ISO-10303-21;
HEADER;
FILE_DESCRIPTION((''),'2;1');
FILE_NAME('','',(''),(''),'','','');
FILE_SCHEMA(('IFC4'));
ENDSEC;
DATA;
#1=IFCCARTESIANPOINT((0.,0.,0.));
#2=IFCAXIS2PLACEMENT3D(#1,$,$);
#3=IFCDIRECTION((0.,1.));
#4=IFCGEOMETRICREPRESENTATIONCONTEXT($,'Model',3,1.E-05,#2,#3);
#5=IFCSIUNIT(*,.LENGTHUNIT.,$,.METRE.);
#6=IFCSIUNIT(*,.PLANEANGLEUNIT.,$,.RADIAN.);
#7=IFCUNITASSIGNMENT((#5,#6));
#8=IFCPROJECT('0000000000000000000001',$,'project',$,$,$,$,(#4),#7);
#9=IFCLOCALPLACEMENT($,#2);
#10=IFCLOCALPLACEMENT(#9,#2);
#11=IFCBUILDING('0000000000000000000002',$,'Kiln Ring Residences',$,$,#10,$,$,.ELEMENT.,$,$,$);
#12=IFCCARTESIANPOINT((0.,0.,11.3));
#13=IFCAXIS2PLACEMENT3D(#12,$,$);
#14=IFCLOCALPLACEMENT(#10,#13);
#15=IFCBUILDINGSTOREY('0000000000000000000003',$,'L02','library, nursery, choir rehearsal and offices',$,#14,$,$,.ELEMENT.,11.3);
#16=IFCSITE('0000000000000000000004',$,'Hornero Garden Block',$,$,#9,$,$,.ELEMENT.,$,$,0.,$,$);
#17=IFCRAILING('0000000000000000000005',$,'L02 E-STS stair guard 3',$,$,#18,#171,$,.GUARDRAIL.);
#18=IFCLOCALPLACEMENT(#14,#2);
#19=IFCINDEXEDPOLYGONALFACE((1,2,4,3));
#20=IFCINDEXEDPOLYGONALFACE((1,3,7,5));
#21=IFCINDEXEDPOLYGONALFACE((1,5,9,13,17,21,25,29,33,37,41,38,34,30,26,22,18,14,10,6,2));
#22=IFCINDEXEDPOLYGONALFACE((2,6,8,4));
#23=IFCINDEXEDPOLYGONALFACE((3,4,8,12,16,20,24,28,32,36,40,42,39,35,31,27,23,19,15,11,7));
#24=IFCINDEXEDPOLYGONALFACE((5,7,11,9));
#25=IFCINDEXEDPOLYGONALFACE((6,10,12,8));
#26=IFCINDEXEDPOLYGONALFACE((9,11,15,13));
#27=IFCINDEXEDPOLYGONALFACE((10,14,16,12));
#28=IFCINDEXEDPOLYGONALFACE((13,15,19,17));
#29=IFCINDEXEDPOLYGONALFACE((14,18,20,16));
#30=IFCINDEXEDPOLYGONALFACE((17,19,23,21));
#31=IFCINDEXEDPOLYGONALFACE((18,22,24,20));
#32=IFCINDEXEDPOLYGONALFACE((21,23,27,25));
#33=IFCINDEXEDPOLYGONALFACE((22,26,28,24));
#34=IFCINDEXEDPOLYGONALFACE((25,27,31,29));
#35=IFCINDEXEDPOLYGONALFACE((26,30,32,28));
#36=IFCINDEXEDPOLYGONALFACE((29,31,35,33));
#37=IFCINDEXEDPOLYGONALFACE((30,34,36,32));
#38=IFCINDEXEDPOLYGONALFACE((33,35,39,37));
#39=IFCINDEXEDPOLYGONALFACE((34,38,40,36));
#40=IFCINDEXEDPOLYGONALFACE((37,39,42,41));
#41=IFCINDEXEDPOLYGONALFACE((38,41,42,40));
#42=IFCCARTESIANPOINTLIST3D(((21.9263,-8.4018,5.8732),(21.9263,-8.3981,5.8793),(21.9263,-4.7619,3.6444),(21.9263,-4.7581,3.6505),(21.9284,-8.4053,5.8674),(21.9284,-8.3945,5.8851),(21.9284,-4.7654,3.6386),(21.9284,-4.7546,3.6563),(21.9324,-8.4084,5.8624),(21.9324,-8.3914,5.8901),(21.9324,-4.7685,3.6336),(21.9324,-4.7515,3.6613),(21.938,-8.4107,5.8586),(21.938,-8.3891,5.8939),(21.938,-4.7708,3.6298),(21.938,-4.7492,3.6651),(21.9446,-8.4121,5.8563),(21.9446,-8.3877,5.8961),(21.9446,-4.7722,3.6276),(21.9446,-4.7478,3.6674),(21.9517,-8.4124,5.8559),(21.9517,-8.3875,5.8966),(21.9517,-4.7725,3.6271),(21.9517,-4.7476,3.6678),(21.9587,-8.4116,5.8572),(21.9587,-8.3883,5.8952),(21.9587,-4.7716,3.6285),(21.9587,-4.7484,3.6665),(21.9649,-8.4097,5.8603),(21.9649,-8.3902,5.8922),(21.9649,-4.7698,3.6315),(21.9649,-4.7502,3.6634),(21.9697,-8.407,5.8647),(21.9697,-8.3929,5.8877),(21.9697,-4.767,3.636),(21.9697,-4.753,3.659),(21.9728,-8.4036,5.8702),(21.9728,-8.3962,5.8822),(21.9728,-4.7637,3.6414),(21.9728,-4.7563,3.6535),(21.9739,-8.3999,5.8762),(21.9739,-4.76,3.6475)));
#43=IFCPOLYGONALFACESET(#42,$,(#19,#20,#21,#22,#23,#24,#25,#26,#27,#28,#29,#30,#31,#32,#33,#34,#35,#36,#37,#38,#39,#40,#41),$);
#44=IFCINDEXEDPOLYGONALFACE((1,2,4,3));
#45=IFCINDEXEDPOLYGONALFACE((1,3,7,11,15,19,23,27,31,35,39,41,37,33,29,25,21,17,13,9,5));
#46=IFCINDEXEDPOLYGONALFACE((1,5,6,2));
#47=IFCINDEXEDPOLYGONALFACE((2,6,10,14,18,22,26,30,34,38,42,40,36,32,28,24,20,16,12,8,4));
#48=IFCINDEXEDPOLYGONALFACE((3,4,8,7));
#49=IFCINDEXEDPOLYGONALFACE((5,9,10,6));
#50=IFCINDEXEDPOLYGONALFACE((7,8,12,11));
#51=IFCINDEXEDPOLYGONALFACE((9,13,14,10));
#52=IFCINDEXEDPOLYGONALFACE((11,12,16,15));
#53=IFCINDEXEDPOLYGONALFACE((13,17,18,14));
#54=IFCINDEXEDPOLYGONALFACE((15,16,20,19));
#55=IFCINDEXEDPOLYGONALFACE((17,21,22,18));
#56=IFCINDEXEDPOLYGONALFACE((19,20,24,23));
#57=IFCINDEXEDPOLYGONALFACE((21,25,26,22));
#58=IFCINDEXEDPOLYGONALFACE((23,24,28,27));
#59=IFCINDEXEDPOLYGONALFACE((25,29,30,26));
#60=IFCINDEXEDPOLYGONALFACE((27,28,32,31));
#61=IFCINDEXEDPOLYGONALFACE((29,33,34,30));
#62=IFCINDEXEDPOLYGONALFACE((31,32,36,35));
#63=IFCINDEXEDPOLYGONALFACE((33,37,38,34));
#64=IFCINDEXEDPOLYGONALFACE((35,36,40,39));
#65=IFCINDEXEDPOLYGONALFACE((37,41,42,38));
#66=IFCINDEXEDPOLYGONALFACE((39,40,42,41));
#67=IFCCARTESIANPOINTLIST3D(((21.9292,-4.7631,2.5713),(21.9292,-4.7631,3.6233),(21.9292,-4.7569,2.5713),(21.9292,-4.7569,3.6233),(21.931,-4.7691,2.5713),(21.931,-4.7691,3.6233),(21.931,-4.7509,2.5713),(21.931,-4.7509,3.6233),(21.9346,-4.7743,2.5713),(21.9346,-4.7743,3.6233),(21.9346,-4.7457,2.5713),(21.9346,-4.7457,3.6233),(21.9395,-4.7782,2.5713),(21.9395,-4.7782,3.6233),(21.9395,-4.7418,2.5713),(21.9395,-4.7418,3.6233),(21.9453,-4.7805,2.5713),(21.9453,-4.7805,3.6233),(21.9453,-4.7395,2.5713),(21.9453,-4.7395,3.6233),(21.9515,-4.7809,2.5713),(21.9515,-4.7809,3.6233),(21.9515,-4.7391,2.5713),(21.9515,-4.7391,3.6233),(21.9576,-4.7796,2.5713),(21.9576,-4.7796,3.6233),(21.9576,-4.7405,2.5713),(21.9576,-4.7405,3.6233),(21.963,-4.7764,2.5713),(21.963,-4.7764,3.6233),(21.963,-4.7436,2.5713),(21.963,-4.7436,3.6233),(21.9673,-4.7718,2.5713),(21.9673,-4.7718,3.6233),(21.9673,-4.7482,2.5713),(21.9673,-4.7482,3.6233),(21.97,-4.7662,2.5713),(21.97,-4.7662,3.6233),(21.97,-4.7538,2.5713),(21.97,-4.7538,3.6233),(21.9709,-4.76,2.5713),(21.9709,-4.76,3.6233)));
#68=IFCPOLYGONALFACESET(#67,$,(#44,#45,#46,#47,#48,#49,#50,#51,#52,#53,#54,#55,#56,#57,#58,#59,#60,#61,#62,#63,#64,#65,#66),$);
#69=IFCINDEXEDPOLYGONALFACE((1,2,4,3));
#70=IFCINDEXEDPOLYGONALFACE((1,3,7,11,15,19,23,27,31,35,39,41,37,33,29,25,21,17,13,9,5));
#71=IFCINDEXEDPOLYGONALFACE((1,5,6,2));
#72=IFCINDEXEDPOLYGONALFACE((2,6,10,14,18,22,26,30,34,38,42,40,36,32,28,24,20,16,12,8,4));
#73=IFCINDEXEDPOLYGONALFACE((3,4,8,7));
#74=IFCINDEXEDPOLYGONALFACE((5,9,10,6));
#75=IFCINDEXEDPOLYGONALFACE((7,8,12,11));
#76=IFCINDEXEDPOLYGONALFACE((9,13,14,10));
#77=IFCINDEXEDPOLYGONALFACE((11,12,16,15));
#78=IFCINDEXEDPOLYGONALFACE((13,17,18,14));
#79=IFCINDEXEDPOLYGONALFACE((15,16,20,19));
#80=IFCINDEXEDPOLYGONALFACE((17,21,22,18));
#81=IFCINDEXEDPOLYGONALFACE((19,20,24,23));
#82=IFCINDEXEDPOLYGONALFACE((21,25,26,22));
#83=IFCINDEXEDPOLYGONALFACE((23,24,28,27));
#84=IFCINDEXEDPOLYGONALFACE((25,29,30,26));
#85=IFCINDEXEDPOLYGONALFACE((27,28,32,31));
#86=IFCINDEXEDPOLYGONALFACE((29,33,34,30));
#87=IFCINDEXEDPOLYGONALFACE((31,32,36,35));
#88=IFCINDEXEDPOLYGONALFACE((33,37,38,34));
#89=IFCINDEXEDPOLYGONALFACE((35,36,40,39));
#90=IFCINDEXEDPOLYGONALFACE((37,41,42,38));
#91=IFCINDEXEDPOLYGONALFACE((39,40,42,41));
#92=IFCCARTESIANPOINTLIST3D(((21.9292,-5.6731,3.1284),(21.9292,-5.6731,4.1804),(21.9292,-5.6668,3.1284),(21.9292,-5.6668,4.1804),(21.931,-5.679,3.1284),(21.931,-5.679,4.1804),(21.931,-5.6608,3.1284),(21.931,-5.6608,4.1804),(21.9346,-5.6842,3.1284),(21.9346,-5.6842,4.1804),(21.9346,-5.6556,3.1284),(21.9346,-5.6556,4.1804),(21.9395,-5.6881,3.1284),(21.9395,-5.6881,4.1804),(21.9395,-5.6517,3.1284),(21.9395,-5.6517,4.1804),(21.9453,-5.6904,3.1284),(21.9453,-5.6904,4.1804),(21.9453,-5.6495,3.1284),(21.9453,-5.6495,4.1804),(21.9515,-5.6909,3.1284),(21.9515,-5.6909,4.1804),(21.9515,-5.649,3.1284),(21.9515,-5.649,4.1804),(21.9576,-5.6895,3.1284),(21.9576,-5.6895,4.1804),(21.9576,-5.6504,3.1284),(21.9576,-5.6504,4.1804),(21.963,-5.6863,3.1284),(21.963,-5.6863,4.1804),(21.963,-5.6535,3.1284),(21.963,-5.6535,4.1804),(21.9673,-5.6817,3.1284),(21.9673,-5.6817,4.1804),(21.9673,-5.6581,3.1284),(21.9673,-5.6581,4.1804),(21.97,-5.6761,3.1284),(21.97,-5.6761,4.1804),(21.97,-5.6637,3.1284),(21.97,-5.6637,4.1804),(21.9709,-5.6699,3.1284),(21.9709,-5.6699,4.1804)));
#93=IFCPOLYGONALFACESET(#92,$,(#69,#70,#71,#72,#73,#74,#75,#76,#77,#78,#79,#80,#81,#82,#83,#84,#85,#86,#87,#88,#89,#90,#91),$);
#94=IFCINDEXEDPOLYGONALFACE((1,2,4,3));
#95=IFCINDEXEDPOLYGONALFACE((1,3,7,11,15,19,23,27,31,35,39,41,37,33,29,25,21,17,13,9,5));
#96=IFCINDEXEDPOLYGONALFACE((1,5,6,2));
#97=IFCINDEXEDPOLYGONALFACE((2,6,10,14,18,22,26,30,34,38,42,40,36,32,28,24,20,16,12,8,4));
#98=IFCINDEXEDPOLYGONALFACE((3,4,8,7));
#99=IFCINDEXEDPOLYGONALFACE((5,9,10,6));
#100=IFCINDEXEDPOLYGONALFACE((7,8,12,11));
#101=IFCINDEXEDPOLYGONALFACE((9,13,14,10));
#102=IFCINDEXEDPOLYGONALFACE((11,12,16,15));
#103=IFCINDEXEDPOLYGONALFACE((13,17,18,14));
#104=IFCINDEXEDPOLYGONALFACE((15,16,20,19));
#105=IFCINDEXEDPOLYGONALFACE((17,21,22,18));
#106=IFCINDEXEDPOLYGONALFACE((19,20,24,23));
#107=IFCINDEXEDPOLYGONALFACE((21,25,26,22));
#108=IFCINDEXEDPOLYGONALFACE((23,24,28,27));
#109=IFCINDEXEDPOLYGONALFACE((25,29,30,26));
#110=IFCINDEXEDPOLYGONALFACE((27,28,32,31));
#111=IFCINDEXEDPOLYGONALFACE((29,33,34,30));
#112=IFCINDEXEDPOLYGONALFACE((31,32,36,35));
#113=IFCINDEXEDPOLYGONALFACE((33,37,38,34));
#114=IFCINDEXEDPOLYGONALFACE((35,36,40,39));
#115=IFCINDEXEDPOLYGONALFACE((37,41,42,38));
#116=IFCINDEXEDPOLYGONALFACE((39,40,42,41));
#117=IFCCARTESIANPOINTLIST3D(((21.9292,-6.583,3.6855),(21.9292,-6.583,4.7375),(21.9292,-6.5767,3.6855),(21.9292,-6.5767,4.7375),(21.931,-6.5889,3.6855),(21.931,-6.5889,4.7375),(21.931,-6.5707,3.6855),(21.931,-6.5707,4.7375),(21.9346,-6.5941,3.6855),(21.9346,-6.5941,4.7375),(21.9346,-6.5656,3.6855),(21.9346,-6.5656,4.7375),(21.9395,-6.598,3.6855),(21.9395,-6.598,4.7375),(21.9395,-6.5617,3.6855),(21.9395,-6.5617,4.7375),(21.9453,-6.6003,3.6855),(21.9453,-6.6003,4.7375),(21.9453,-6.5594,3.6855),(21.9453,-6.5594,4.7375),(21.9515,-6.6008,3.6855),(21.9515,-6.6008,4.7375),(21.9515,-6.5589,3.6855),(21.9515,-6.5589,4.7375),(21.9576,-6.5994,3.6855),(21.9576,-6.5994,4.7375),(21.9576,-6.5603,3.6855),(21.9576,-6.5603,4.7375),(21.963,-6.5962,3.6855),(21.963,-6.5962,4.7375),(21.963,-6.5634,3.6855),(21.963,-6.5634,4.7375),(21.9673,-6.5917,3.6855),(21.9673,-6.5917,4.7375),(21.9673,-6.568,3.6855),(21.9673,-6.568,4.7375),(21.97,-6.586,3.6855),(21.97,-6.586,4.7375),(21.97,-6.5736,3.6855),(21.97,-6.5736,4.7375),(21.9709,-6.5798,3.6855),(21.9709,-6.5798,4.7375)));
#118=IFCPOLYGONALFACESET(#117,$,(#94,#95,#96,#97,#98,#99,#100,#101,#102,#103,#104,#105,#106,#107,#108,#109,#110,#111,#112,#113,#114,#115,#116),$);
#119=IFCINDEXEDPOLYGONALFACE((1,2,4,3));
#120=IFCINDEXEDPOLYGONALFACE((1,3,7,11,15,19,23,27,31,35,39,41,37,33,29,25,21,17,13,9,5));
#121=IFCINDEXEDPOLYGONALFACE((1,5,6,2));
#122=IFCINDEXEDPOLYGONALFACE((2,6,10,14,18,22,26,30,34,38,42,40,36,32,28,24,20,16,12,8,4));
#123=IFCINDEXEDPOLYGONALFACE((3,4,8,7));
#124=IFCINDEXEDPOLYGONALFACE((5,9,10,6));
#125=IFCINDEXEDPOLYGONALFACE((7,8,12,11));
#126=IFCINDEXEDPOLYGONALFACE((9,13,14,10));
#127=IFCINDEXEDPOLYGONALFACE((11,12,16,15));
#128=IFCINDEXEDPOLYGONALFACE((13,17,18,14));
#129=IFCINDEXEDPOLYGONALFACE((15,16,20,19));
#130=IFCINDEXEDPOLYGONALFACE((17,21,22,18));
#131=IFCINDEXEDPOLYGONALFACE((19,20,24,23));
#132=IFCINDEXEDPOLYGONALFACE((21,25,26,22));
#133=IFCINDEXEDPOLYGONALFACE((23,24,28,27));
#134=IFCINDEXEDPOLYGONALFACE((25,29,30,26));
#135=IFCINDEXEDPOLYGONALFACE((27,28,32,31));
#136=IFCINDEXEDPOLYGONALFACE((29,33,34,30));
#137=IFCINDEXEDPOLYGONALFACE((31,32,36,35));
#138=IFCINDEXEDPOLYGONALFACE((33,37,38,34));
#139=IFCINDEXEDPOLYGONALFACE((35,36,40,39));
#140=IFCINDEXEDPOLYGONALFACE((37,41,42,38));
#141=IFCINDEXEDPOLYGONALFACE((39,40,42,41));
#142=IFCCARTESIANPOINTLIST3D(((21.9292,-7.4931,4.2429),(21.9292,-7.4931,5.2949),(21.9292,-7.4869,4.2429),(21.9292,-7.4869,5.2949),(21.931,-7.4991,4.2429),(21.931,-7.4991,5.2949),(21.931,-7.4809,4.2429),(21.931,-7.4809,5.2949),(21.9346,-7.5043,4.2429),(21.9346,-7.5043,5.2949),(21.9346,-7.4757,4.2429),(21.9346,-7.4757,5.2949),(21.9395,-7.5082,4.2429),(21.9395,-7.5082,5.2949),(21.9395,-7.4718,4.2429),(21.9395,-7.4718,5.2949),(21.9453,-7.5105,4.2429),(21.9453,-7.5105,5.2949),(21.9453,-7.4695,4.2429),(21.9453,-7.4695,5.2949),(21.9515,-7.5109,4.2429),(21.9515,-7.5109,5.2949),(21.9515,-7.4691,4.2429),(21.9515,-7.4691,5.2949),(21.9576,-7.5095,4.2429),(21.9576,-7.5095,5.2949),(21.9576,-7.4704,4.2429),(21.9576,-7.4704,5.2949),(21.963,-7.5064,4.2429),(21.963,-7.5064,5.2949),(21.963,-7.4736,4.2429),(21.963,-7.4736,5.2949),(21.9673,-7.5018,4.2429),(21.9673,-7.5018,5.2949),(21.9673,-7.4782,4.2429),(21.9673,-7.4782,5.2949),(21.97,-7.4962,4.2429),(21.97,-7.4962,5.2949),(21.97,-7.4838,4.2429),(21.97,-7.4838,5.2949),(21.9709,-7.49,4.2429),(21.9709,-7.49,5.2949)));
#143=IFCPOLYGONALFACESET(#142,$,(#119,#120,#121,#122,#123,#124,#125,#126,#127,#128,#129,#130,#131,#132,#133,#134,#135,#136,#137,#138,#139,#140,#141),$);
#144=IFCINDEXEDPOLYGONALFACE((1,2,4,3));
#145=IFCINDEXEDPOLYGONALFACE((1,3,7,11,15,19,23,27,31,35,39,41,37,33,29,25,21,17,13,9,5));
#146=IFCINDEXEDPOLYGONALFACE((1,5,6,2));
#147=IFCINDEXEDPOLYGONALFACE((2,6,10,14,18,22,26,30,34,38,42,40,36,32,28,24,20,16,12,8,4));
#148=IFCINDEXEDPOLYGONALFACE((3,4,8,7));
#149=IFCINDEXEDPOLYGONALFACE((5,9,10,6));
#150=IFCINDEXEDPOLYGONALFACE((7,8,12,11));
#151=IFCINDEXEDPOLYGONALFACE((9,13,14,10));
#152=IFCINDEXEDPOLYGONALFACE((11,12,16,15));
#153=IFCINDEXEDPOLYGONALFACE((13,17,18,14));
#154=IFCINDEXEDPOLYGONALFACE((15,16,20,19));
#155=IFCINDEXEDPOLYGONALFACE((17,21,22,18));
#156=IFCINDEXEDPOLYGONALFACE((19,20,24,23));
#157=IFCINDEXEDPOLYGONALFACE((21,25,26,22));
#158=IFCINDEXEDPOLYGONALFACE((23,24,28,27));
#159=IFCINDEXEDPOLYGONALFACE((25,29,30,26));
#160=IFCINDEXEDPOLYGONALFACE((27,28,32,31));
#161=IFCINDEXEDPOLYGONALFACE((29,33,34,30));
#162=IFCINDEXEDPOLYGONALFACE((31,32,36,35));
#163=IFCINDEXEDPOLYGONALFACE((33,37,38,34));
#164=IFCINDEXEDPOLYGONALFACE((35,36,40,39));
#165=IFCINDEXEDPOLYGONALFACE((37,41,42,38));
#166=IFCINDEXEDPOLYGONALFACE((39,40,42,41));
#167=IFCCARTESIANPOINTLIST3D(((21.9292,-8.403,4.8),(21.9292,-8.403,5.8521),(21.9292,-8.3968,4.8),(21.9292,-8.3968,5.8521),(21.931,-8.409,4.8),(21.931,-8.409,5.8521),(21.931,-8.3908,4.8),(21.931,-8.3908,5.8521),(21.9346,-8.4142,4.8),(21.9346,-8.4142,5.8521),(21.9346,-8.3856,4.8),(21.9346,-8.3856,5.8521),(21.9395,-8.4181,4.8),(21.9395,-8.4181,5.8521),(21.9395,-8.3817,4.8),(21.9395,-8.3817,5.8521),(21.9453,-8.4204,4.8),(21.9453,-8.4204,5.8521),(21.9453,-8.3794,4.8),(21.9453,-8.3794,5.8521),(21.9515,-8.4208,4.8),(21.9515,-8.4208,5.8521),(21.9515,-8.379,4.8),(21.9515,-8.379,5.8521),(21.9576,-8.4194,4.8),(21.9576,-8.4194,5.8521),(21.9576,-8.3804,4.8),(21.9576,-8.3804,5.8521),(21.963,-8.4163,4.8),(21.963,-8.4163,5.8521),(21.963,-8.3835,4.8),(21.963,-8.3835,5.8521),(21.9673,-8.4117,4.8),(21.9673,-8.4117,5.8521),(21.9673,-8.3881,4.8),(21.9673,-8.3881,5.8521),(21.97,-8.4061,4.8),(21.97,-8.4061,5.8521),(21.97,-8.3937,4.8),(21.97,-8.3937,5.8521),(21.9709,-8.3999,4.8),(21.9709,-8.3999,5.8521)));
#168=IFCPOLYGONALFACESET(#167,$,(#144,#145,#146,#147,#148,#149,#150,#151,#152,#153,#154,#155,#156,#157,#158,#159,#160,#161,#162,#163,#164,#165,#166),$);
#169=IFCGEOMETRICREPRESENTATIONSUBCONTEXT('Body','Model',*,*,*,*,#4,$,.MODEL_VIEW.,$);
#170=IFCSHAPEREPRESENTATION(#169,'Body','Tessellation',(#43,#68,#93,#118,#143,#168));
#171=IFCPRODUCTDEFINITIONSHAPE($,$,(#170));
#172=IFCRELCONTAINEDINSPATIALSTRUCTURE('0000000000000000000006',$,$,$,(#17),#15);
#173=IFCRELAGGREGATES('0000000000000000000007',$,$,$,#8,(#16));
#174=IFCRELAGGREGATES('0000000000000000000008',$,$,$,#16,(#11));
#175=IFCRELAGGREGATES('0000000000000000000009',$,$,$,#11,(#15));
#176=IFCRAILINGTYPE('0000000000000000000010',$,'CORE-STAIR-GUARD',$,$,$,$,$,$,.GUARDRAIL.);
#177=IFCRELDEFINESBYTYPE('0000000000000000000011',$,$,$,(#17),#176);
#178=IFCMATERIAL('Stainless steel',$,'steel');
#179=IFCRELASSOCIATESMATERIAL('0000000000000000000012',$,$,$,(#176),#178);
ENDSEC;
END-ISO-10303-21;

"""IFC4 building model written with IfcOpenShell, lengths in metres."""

from ifc_helpers import new_model, si_unit, direction, frame, origin, origin_2d, place, context, subcontext, project, spatial, circle, extrude, material, type_object, element, save


model = new_model("IFC4")

# Units and contexts
model_context = context("Model", 3, precision=1e-05, world=origin(), true_north=direction((0.0, 1.0)))
body_context = subcontext(model_context, "Body", "Model", "MODEL_VIEW")
ifc_project = project(units=[si_unit("LENGTHUNIT", "METRE"), si_unit("PLANEANGLEUNIT", "RADIAN")], contexts=[model_context])

# Site, building, storey
site_placement = place(None, origin())
site = spatial("IfcSite", under=ifc_project, at=site_placement, Name="Hornero Garden Block", CompositionType="ELEMENT", RefElevation=0.0)
building_placement = place(site_placement, origin())
building = spatial("IfcBuilding", under=site, at=building_placement, Name="Kiln Ring Residences", CompositionType="ELEMENT")
storey_placement = place(building_placement, frame((0.0, 0.0, 11.3)))
storey = spatial("IfcBuildingStorey", under=building, at=storey_placement, Name="L02", Description="library, nursery, choir rehearsal and offices", CompositionType="ELEMENT", Elevation=11.3)

# Railing
ifc_material_1 = material(Name="Stainless steel", Category="steel")
railing_type_1 = type_object("IfcRailingType", Name="CORE-STAIR-GUARD", PredefinedType="GUARDRAIL", material=ifc_material_1)
railing_1_placement = place(storey_placement, frame((21.95, -4.76, 2.5713)))
element("IfcRailing", 1, at=railing_1_placement, inside=storey, type_object=railing_type_1, Name="L02 E-STS stair guard 3", PredefinedType="GUARDRAIL", context=body_context, shape_type="SweptSolid", body=[
    extrude(circle(Radius=0.0239, at=origin_2d()), frame((0.0, 0.0, 1.0762), z_axis=(0.0, -0.852825, 0.522197), x_axis=(1.0, 0.0, 0.0)), (0.0, 0.0, 1.0), 4.2681),
    extrude(circle(Radius=0.021, at=origin_2d()), origin(), (0.0, 0.0, 1.0), 1.052),
    extrude(circle(Radius=0.021, at=origin_2d()), frame((0.0, -0.9099, 0.5571)), (0.0, 0.0, 1.0), 1.052),
    extrude(circle(Radius=0.021, at=origin_2d()), frame((0.0, -1.8198, 1.1143)), (0.0, 0.0, 1.0), 1.052),
    extrude(circle(Radius=0.021, at=origin_2d()), frame((0.0, -2.73, 1.6716)), (0.0, 0.0, 1.0), 1.052),
    extrude(circle(Radius=0.021, at=origin_2d()), frame((0.0, -3.6399, 2.2288)), (0.0, 0.0, 1.0), 1.052),
])

save(model, "model.ifc")
